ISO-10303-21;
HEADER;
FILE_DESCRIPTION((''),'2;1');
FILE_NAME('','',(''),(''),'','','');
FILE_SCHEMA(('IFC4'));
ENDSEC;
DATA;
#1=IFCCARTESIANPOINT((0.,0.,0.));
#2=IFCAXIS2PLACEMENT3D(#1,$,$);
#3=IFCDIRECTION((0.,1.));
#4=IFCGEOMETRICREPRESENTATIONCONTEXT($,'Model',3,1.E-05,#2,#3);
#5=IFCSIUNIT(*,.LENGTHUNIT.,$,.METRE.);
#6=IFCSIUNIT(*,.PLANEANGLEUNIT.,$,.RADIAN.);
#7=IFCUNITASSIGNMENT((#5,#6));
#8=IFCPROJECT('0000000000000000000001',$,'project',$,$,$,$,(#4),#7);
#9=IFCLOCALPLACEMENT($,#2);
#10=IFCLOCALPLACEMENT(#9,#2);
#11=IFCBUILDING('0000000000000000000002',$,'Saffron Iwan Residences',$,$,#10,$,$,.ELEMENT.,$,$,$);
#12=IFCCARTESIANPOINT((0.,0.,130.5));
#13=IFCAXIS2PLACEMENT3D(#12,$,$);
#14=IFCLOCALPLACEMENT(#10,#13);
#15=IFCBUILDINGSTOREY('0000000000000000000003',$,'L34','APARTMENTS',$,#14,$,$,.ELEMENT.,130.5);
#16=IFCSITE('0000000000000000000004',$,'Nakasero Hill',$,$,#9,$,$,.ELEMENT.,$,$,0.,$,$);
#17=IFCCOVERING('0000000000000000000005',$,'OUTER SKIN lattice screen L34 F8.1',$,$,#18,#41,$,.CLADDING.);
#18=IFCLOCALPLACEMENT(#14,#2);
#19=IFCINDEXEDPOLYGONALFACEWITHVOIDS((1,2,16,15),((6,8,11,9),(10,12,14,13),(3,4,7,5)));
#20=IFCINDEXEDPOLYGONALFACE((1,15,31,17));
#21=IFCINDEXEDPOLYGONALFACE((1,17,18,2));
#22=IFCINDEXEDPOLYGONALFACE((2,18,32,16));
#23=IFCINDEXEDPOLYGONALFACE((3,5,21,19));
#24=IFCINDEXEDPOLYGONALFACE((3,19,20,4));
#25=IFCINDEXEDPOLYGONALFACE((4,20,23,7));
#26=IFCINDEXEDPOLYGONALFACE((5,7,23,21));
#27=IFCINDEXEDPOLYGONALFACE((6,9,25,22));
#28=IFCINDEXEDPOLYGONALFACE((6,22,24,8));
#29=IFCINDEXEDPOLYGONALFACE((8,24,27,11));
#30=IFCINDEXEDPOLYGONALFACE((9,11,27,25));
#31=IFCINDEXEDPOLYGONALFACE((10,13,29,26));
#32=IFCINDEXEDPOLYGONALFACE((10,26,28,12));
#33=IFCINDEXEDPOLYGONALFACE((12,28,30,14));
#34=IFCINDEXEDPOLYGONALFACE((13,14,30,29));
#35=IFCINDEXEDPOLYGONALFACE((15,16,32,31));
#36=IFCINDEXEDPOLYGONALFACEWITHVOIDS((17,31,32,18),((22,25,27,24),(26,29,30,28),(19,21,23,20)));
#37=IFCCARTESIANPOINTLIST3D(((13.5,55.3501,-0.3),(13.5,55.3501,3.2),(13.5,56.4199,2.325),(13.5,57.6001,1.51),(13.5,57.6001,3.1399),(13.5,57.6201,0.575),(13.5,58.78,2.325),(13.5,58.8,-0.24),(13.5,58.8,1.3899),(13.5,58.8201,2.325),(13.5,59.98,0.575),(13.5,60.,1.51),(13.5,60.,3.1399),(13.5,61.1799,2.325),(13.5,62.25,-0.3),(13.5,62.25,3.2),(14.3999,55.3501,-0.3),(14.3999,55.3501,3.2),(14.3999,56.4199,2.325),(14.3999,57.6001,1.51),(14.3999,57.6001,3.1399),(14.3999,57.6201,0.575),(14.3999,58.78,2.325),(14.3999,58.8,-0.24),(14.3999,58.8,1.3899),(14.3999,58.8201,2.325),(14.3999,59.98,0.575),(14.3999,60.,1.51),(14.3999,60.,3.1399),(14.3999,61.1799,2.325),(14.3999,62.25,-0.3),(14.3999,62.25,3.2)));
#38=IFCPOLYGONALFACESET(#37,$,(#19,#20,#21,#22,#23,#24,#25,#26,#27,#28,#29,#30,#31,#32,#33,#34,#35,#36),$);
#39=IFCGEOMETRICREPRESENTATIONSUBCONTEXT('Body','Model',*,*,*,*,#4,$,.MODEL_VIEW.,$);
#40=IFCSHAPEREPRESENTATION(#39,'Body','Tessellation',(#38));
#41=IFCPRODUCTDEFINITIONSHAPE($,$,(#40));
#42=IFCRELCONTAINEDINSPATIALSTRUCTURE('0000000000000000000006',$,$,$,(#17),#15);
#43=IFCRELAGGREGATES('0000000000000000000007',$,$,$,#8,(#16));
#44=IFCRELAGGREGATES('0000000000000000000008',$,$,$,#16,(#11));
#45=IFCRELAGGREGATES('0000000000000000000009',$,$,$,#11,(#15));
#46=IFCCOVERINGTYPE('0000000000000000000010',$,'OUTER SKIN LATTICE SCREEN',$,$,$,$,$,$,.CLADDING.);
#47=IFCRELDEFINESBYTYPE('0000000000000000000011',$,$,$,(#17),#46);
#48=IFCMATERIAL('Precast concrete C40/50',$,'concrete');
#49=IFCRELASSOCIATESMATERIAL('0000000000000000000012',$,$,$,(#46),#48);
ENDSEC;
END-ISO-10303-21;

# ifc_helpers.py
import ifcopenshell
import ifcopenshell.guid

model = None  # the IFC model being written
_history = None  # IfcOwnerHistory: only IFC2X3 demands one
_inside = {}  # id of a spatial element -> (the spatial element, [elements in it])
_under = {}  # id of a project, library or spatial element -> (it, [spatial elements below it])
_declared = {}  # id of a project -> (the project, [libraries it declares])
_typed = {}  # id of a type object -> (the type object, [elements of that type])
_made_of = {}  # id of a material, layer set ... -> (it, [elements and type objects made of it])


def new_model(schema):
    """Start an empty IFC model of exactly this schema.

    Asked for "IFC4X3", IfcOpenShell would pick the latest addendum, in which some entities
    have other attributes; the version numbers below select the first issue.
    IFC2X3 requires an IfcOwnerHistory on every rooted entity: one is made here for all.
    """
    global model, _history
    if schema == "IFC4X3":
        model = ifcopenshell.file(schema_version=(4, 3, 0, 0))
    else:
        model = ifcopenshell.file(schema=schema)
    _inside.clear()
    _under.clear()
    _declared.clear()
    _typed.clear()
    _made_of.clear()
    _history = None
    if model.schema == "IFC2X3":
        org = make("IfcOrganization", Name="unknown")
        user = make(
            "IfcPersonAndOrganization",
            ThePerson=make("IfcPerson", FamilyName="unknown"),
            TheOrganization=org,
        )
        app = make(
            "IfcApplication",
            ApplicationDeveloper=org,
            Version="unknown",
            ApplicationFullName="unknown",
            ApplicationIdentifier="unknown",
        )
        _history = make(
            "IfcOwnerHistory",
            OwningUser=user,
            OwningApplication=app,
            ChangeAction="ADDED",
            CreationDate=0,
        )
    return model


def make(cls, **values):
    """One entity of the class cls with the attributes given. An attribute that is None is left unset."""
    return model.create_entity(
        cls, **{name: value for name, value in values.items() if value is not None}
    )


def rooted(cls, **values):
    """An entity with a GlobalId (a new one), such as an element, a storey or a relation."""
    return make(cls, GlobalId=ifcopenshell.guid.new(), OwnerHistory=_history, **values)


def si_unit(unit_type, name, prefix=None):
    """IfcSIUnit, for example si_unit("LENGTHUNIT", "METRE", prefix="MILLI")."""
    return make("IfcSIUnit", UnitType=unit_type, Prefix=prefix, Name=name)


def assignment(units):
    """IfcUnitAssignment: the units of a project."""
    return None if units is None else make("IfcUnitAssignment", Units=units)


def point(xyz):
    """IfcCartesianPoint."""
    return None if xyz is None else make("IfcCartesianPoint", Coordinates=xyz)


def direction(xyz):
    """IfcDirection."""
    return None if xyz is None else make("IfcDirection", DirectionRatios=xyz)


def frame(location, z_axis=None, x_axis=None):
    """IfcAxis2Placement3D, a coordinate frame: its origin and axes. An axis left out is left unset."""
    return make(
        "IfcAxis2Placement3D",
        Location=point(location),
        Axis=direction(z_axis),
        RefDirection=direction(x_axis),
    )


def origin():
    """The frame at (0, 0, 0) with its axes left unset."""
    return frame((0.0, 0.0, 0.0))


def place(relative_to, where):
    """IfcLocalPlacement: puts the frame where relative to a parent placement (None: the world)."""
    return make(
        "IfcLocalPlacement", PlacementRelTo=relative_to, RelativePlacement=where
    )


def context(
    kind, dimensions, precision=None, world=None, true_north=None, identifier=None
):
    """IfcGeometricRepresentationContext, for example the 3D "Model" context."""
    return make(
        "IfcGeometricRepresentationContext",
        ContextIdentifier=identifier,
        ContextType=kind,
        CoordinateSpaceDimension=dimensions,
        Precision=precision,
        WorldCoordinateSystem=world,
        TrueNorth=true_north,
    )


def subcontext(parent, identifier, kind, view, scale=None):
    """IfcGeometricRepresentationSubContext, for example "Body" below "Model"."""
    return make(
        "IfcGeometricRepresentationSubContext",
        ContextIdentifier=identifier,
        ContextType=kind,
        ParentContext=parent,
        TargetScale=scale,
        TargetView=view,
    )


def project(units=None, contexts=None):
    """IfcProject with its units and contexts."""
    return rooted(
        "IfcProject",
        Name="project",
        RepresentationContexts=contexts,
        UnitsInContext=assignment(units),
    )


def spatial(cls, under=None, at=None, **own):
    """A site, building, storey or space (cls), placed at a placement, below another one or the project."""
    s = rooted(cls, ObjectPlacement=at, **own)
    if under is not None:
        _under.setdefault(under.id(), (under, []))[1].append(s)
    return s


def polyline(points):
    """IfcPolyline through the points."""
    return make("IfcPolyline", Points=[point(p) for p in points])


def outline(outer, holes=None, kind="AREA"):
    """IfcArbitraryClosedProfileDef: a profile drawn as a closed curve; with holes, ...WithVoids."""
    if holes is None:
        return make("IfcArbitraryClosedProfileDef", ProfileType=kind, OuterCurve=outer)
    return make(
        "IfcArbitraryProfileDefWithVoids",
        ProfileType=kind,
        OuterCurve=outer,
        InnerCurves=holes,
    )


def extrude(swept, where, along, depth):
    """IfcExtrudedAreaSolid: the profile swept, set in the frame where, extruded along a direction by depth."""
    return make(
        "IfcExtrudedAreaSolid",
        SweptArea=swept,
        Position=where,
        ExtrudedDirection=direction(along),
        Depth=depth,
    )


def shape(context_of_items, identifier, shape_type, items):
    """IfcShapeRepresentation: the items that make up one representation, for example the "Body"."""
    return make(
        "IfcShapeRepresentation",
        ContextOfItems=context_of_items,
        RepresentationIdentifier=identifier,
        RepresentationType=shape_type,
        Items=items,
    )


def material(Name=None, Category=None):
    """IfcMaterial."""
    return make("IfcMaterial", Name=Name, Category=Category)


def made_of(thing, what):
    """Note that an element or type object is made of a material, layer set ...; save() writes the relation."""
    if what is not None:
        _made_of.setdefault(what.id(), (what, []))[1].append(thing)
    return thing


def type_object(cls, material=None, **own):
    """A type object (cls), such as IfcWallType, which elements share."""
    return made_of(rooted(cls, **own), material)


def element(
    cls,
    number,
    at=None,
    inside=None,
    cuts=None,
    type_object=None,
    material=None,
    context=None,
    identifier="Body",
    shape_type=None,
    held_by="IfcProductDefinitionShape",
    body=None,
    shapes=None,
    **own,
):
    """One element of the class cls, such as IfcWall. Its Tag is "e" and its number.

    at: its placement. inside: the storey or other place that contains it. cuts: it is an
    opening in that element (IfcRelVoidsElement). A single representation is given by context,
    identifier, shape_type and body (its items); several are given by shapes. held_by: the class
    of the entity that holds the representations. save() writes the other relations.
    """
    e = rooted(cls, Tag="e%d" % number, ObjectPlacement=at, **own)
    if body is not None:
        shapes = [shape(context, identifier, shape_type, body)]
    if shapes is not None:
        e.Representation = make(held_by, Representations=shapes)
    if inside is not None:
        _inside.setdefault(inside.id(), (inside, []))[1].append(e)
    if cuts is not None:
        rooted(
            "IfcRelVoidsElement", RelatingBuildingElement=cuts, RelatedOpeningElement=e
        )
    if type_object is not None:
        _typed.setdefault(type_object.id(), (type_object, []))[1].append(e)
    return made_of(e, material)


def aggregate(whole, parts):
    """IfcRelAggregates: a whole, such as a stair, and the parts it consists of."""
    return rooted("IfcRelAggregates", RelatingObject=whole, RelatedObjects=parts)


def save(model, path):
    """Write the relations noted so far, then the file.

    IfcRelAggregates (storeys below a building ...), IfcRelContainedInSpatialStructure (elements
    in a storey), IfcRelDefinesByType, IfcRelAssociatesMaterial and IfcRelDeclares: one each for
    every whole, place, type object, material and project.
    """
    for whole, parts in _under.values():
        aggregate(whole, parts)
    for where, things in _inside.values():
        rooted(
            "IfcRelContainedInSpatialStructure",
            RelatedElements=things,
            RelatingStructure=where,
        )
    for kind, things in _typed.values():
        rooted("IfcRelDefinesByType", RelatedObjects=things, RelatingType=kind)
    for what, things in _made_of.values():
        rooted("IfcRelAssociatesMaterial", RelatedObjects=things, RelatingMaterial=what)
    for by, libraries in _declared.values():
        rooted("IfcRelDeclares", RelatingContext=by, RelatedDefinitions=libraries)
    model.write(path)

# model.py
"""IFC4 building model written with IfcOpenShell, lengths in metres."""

from ifc_helpers import new_model, si_unit, direction, frame, origin, place, context, subcontext, project, spatial, polyline, outline, extrude, material, type_object, element, save


model = new_model("IFC4")

# Units and contexts
model_context = context("Model", 3, precision=1e-05, world=origin(), true_north=direction((0.0, 1.0)))
body_context = subcontext(model_context, "Body", "Model", "MODEL_VIEW")
ifc_project = project(units=[si_unit("LENGTHUNIT", "METRE"), si_unit("PLANEANGLEUNIT", "RADIAN")], contexts=[model_context])

# Site, building, storey
site_placement = place(None, origin())
site = spatial("IfcSite", under=ifc_project, at=site_placement, Name="Nakasero Hill", CompositionType="ELEMENT", RefElevation=0.0)
building_placement = place(site_placement, origin())
building = spatial("IfcBuilding", under=site, at=building_placement, Name="Saffron Iwan Residences", CompositionType="ELEMENT")
storey_placement = place(building_placement, frame((0.0, 0.0, 130.5)))
storey = spatial("IfcBuildingStorey", under=building, at=storey_placement, Name="L34", Description="APARTMENTS", CompositionType="ELEMENT", Elevation=130.5)

# Covering
ifc_material_1 = material(Name="Precast concrete C40/50", Category="concrete")
covering_type = type_object("IfcCoveringType", Name="OUTER SKIN LATTICE SCREEN", PredefinedType="CLADDING", material=ifc_material_1)
covering_placement = place(storey_placement, frame((14.3999, 62.25, -0.3), z_axis=(-1.0, 0.0, 0.0), x_axis=(0.0, -1.0, 0.0)))
element("IfcCovering", 1, at=covering_placement, inside=storey, type_object=covering_type, Name="OUTER SKIN lattice screen L34 F8.1", PredefinedType="CLADDING", context=body_context, shape_type="SweptSolid", body=[
    extrude(outline(polyline([(0.0, 0.0), (6.8999, 0.0), (6.8999, 3.5), (0.0, 3.5), (0.0, 0.0)]), holes=[polyline([(2.27, 0.875), (3.45, 0.0601), (4.6299, 0.875), (3.45, 1.6899), (2.27, 0.875)]), polyline([(1.0701, 2.625), (2.25, 1.8101), (3.4299, 2.625), (2.25, 3.4399), (1.0701, 2.625)]), polyline([(3.47, 2.625), (4.6499, 1.8101), (5.8301, 2.625), (4.6499, 3.4399), (3.47, 2.625)])]), origin(), (0.0, 0.0, 1.0), 0.8999),
])

save(model, "model.ifc")
